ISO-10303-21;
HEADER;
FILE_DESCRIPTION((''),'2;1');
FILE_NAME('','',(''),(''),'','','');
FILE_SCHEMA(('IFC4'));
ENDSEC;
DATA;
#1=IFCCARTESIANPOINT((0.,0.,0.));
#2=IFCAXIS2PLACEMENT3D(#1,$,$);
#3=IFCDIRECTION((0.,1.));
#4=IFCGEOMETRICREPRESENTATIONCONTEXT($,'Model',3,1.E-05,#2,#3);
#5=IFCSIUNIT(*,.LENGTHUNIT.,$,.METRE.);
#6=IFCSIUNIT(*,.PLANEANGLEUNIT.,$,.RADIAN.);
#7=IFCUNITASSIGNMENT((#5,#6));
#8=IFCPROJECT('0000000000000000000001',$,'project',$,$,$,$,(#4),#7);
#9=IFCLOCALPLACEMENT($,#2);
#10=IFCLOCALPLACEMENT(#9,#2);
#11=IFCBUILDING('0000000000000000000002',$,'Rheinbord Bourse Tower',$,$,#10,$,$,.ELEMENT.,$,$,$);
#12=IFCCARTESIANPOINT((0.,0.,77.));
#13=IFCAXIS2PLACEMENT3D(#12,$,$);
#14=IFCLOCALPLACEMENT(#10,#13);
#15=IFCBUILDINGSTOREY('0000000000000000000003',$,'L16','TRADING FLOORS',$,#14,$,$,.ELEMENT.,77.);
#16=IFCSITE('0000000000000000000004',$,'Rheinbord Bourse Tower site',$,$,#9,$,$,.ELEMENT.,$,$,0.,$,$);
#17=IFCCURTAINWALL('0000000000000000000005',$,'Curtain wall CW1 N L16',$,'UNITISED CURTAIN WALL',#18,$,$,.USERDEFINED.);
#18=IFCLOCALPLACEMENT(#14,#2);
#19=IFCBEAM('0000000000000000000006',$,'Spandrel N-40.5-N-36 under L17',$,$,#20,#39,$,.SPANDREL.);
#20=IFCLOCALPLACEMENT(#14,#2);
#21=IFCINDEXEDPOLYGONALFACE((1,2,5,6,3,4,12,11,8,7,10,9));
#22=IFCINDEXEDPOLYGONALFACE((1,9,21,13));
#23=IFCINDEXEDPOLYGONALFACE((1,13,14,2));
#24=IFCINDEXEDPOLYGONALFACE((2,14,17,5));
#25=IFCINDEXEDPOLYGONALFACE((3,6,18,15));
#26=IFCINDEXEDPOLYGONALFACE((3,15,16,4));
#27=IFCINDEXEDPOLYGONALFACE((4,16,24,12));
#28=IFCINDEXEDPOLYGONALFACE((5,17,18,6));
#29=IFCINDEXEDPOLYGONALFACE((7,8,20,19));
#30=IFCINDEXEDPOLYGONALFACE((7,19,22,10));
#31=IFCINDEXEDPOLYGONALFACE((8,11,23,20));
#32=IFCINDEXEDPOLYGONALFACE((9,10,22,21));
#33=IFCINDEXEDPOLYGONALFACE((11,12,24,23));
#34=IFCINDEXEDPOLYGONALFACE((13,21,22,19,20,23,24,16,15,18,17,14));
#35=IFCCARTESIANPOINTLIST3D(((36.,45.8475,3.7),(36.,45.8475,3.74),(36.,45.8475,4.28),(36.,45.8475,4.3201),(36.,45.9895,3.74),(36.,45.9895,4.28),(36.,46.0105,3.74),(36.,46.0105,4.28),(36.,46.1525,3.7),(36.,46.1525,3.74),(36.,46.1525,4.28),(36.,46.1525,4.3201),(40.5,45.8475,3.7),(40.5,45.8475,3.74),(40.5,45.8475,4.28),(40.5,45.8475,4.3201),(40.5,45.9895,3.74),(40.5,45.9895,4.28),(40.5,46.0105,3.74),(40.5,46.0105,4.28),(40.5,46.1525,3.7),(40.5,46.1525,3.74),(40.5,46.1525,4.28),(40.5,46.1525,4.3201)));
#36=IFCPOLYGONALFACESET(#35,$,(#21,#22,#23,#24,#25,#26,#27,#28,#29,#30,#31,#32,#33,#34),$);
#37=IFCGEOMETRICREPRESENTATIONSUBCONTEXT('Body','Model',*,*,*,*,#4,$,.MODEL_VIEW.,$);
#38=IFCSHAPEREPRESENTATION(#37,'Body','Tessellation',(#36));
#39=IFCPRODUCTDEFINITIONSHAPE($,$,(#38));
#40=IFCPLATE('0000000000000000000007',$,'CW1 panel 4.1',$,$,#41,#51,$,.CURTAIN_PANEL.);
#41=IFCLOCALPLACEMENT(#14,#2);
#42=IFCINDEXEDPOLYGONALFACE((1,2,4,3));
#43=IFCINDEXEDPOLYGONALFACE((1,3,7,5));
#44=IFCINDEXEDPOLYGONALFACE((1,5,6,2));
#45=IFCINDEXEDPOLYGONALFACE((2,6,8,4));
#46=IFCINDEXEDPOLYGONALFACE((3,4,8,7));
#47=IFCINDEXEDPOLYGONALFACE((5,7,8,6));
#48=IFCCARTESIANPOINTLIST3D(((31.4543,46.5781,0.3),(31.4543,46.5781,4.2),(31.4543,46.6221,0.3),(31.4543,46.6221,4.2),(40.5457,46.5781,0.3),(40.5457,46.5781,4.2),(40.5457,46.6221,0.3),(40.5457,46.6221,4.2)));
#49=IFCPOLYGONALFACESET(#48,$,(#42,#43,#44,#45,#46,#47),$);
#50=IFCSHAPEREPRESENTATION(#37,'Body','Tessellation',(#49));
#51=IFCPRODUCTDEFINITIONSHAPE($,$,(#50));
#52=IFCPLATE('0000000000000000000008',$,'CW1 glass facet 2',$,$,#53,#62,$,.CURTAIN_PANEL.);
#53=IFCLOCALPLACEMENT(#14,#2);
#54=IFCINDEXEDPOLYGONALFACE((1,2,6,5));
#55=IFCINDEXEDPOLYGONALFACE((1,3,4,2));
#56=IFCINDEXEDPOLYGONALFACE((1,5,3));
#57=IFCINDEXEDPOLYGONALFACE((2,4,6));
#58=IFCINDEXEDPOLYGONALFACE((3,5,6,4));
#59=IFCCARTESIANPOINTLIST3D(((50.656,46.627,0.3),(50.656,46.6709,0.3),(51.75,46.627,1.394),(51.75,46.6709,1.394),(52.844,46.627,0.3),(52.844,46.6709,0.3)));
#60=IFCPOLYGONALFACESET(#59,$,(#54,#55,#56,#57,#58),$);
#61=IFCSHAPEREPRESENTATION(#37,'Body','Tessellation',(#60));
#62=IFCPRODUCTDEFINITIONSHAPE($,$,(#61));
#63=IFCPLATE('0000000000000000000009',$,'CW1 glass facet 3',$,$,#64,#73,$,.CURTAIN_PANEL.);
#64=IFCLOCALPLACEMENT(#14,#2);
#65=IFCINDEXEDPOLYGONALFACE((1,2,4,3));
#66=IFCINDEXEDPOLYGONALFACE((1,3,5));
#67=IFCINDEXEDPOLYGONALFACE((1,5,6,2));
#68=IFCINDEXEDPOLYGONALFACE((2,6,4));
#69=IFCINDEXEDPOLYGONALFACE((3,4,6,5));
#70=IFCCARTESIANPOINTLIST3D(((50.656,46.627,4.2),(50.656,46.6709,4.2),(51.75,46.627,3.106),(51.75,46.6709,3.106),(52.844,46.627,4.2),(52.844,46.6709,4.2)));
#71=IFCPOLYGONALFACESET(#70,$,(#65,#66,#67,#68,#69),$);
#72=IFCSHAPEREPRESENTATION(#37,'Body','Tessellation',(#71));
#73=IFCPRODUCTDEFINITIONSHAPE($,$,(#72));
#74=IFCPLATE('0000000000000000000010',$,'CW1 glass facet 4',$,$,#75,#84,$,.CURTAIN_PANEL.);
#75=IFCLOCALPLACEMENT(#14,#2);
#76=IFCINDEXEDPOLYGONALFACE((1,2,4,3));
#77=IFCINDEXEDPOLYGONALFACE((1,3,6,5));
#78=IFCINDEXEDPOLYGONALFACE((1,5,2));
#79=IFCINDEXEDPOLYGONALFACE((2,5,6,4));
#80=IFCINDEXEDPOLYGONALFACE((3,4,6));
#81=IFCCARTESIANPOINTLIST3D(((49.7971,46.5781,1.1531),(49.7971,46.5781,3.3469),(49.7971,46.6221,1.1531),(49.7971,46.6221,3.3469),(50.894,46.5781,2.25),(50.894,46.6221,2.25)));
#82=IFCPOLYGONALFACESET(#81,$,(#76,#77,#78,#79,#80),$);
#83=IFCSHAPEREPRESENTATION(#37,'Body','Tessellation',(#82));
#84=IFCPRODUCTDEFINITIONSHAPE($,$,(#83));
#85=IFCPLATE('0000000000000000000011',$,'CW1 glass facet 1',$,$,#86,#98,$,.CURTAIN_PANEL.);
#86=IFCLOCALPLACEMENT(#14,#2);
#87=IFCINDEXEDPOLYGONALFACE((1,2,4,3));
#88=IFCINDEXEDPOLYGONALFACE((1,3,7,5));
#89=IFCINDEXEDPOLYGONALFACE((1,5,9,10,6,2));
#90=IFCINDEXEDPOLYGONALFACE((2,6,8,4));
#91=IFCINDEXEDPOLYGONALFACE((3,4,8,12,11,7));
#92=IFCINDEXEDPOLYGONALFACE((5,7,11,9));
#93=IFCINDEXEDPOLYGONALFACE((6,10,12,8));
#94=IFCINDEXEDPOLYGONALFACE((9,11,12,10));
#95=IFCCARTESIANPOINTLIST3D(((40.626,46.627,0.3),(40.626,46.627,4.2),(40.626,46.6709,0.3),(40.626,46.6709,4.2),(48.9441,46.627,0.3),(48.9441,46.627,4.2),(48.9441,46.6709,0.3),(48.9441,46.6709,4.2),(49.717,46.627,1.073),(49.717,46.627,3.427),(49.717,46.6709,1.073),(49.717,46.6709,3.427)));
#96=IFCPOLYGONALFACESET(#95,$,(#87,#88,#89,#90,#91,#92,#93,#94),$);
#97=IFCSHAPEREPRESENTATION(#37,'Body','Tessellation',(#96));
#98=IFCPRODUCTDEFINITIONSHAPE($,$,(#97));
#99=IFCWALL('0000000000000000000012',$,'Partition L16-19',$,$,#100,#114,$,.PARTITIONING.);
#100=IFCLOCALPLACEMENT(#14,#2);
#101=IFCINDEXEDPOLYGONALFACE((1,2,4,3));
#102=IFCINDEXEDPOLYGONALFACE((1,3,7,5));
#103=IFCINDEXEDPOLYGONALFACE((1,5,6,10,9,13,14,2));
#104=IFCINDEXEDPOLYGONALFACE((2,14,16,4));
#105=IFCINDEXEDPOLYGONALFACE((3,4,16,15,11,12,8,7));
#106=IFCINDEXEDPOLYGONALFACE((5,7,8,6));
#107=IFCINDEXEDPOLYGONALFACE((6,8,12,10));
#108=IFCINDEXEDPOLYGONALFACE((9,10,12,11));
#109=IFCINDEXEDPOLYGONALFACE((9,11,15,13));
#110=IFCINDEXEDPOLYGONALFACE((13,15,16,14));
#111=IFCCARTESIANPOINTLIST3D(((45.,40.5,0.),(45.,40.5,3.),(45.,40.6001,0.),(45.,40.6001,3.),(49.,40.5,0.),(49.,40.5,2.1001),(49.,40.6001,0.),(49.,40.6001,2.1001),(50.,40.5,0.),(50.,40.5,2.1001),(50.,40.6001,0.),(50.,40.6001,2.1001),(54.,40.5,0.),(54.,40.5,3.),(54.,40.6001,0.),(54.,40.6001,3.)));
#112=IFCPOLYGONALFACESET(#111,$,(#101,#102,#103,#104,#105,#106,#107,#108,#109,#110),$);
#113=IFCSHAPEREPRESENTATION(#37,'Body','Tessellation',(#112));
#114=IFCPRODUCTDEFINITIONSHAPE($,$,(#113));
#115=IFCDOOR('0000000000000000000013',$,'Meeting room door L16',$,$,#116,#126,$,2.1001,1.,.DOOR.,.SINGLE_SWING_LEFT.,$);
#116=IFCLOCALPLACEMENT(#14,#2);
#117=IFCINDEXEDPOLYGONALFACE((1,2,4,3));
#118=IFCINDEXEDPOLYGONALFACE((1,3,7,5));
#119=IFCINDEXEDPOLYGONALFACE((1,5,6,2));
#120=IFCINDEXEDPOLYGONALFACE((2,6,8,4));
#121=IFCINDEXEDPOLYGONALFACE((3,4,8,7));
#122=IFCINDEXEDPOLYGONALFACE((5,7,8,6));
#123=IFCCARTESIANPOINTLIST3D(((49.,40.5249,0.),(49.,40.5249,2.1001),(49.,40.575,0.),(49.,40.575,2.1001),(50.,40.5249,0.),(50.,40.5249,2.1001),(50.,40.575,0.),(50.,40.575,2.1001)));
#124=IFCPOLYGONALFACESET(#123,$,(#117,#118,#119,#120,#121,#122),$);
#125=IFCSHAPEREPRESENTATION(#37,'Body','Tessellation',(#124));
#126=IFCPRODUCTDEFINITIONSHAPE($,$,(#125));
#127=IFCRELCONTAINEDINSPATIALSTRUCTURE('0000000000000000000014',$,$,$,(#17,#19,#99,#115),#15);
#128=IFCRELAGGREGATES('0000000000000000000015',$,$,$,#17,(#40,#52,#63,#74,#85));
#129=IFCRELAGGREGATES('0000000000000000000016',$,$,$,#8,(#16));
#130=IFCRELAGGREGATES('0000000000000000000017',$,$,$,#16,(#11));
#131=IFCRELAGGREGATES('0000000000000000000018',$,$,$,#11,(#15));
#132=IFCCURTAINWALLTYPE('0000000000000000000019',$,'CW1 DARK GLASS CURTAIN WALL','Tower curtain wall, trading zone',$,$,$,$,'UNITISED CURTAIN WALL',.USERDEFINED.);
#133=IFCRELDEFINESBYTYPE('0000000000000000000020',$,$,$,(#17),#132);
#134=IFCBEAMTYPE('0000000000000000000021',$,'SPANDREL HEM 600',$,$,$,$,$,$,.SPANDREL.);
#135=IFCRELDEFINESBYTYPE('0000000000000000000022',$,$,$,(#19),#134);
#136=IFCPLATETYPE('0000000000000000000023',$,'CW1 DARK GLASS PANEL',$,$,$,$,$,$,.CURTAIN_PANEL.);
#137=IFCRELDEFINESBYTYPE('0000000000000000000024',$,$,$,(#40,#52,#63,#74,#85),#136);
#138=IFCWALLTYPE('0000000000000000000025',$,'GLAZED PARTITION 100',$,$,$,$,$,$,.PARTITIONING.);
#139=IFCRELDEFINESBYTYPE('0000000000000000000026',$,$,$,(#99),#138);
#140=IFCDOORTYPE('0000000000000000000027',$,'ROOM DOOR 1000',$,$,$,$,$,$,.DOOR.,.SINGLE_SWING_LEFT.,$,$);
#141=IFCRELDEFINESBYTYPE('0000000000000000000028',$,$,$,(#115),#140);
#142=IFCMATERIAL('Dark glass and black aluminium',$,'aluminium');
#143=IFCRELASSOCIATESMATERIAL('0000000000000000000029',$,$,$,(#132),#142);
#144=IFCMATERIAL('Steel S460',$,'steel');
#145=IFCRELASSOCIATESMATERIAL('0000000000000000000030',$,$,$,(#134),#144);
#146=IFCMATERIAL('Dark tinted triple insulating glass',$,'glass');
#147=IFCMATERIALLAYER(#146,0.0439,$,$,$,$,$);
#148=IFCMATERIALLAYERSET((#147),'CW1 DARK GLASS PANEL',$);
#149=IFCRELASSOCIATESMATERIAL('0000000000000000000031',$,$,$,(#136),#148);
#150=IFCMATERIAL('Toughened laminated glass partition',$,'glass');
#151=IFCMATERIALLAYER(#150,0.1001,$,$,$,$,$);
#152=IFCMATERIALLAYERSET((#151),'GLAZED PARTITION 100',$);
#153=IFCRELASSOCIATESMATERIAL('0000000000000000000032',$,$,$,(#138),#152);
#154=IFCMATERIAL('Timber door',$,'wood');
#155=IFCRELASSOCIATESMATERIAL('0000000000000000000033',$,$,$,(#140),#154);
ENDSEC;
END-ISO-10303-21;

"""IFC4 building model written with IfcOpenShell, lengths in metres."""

from ifc_helpers import new_model, si_unit, direction, frame, frame_2d, origin, origin_2d, place, context, subcontext, project, spatial, polyline, rectangle, i_section, outline, extrude, material, layer, layer_set, material_profile, profile_set, type_object, element, fill, aggregate, save


model = new_model("IFC4")

# Units and contexts
model_context = context("Model", 3, precision=1e-05, world=origin(), true_north=direction((0.0, 1.0)))
body_context = subcontext(model_context, "Body", "Model", "MODEL_VIEW")
ifc_project = project(units=[si_unit("LENGTHUNIT", "METRE"), si_unit("PLANEANGLEUNIT", "RADIAN")], contexts=[model_context])

# Site, building, storey
site_placement = place(None, origin())
site = spatial("IfcSite", under=ifc_project, at=site_placement, Name="Rheinbord Bourse Tower site", CompositionType="ELEMENT", RefElevation=0.0)
building_placement = place(site_placement, origin())
building = spatial("IfcBuilding", under=site, at=building_placement, Name="Rheinbord Bourse Tower", CompositionType="ELEMENT")
storey_placement = place(building_placement, frame((0.0, 0.0, 77.0)))
storey = spatial("IfcBuildingStorey", under=building, at=storey_placement, Name="L16", Description="TRADING FLOORS", CompositionType="ELEMENT", Elevation=77.0)

# Curtain wall
ifc_material_1 = material(Name="Dark glass and black aluminium", Category="aluminium")
curtain_wall_type = type_object("IfcCurtainWallType", Name="CW1 DARK GLASS CURTAIN WALL", Description="Tower curtain wall, trading zone", ElementType="UNITISED CURTAIN WALL", PredefinedType="USERDEFINED", material=ifc_material_1)
curtain_wall_placement = place(storey_placement, origin())
curtain_wall = element("IfcCurtainWall", 1, at=curtain_wall_placement, inside=storey, type_object=curtain_wall_type, Name="Curtain wall CW1 N L16", ObjectType="UNITISED CURTAIN WALL", PredefinedType="USERDEFINED")

# Beam
ifc_material_2 = material(Name="Steel S460", Category="steel")
ifc_material_profile_1 = material_profile(ifc_material_2, i_section(OverallWidth=0.3049, OverallDepth=0.6201, WebThickness=0.021, FlangeThickness=0.04, at=origin_2d()), Name="HEM 600")
ifc_profile_set_1 = profile_set([ifc_material_profile_1], Name="Steel S460")
beam_type_1 = type_object("IfcBeamType", Name="SPANDREL HEM 600", PredefinedType="SPANDREL", material=ifc_profile_set_1)
for number, where, z_axis, x_axis, name in (
    (2, (40.5, 46.0, 4.01), (-1.0, 0.0, 0.0), (0.0, -1.0, 0.0), "Spandrel N-40.5-N-36 under L17"),
):
    element("IfcBeam", number, at=place(storey_placement, frame(where, z_axis=z_axis, x_axis=x_axis)), inside=storey, type_object=beam_type_1, Name=name, PredefinedType="SPANDREL", context=body_context, shape_type="SweptSolid", body=[
        extrude(i_section(OverallWidth=0.3049, OverallDepth=0.6201, WebThickness=0.021, FlangeThickness=0.04, at=origin_2d()), origin(), (0.0, 0.0, 1.0), 4.5),
    ])

# Plates
ifc_material_3 = material(Name="Dark tinted triple insulating glass", Category="glass")
ifc_layer_1 = layer(ifc_material_3, 0.0439)
ifc_layer_set_1 = layer_set([ifc_layer_1], Name="CW1 DARK GLASS PANEL")
plate_type = type_object("IfcPlateType", Name="CW1 DARK GLASS PANEL", PredefinedType="CURTAIN_PANEL", material=ifc_layer_set_1)
plate_1_placement = place(storey_placement, frame((36.0, 46.6001, 0.3), z_axis=(0.0, 0.0, 1.0), x_axis=(-1.0, 0.0, 0.0)))
plate_1 = element("IfcPlate", 3, at=plate_1_placement, type_object=plate_type, Name="CW1 panel 4.1", PredefinedType="CURTAIN_PANEL", context=body_context, shape_type="SweptSolid", body=[
    extrude(rectangle(XDim=9.0913, YDim=0.0439, at=origin_2d()), origin(), (0.0, 0.0, 1.0), 3.8999),
])
plate_2_placement = place(storey_placement, frame((52.844, 46.6709, 0.3), z_axis=(0.0, -1.0, 0.0), x_axis=(-0.707107, 0.0, 0.707107)))
plate_2 = element("IfcPlate", 4, at=plate_2_placement, type_object=plate_type, Name="CW1 glass facet 2", PredefinedType="CURTAIN_PANEL", context=body_context, shape_type="SweptSolid", body=[
    extrude(outline(polyline([(0.0, 0.0), (1.5471, 0.0), (1.5471, 1.5471), (0.0, 0.0)])), origin(), (0.0, 0.0, 1.0), 0.0439),
])
plate_3_placement = place(storey_placement, frame((50.656, 46.6709, 4.2), z_axis=(0.0, -1.0, 0.0), x_axis=(0.707107, 0.0, -0.707107)))
plate_3 = element("IfcPlate", 5, at=plate_3_placement, type_object=plate_type, Name="CW1 glass facet 3", PredefinedType="CURTAIN_PANEL", context=body_context, shape_type="SweptSolid", body=[
    extrude(outline(polyline([(0.0, 0.0), (1.5471, 0.0), (1.5471, 1.5471), (0.0, 0.0)])), origin(), (0.0, 0.0, 1.0), 0.0439),
])
plate_4_placement = place(storey_placement, frame((49.7971, 46.6221, 1.1531), z_axis=(0.0, -1.0, 0.0), x_axis=(0.707107, 0.0, 0.707107)))
plate_4 = element("IfcPlate", 6, at=plate_4_placement, type_object=plate_type, Name="CW1 glass facet 4", PredefinedType="CURTAIN_PANEL", context=body_context, shape_type="SweptSolid", body=[
    extrude(outline(polyline([(0.0, 0.0), (1.5513, 0.0), (1.5513, 1.5513), (0.0, 0.0)])), origin(), (0.0, 0.0, 1.0), 0.0439),
])
plate_5_placement = place(storey_placement, frame((40.626, 46.6709, 4.2), z_axis=(0.0, -1.0, 0.0), x_axis=(0.0, 0.0, -1.0)))
plate_5 = element("IfcPlate", 7, at=plate_5_placement, type_object=plate_type, Name="CW1 glass facet 1", PredefinedType="CURTAIN_PANEL", context=body_context, shape_type="SweptSolid", body=[
    extrude(outline(polyline([(0.0, 0.0), (3.8999, 0.0), (3.8999, 8.3181), (3.127, 9.0911), (0.7729, 9.0911), (0.0, 8.3181), (0.0, 0.0)])), origin(), (0.0, 0.0, 1.0), 0.0439),
])
aggregate(curtain_wall, [plate_1, plate_2, plate_3, plate_4, plate_5])

# Wall, opening, door
ifc_material_4 = material(Name="Toughened laminated glass partition", Category="glass")
ifc_layer_2 = layer(ifc_material_4, 0.1001)
ifc_layer_set_2 = layer_set([ifc_layer_2], Name="GLAZED PARTITION 100")
wall_type = type_object("IfcWallType", Name="GLAZED PARTITION 100", PredefinedType="PARTITIONING", material=ifc_layer_set_2)
wall_placement = place(storey_placement, frame((45.0, 40.55, 0.0), z_axis=(0.0, 0.0, 1.0), x_axis=(1.0, 0.0, 0.0)))
wall = element("IfcWall", 8, at=wall_placement, inside=storey, type_object=wall_type, Name="Partition L16-19", PredefinedType="PARTITIONING", context=body_context, shape_type="SweptSolid", body=[
    extrude(rectangle(XDim=9.0, YDim=0.1001, at=frame_2d((4.5, 0.0))), origin(), (0.0, 0.0, 1.0), 3.0),
])
opening_placement = place(wall_placement, frame((4.0, 0.0, 0.0)))
opening = element("IfcOpeningElement", 9, at=opening_placement, cuts=wall, PredefinedType="OPENING", context=body_context, shape_type="SweptSolid", body=[
    extrude(rectangle(XDim=1.0, YDim=2.1001, at=frame_2d((0.5, 1.05))), frame((0.0, 0.0601, 0.0), z_axis=(0.0, -1.0, 0.0), x_axis=(1.0, 0.0, 0.0)), (0.0, 0.0, 1.0), 0.1201),
])
ifc_material_5 = material(Name="Timber door", Category="wood")
door_type = type_object("IfcDoorType", Name="ROOM DOOR 1000", OperationType="SINGLE_SWING_LEFT", PredefinedType="DOOR", material=ifc_material_5)
door_placement = place(opening_placement, origin())
door = element("IfcDoor", 10, at=door_placement, inside=storey, type_object=door_type, Name="Meeting room door L16", OperationType="SINGLE_SWING_LEFT", OverallHeight=2.1001, OverallWidth=1.0, PredefinedType="DOOR", context=body_context, shape_type="SweptSolid", body=[
    extrude(rectangle(XDim=1.0, YDim=2.1001, at=frame_2d((0.5, 1.05))), frame((0.0, 0.0249, 0.0), z_axis=(0.0, -1.0, 0.0), x_axis=(1.0, 0.0, 0.0)), (0.0, 0.0, 1.0), 0.05),
])
fill(opening, door)

save(model, "model.ifc")
